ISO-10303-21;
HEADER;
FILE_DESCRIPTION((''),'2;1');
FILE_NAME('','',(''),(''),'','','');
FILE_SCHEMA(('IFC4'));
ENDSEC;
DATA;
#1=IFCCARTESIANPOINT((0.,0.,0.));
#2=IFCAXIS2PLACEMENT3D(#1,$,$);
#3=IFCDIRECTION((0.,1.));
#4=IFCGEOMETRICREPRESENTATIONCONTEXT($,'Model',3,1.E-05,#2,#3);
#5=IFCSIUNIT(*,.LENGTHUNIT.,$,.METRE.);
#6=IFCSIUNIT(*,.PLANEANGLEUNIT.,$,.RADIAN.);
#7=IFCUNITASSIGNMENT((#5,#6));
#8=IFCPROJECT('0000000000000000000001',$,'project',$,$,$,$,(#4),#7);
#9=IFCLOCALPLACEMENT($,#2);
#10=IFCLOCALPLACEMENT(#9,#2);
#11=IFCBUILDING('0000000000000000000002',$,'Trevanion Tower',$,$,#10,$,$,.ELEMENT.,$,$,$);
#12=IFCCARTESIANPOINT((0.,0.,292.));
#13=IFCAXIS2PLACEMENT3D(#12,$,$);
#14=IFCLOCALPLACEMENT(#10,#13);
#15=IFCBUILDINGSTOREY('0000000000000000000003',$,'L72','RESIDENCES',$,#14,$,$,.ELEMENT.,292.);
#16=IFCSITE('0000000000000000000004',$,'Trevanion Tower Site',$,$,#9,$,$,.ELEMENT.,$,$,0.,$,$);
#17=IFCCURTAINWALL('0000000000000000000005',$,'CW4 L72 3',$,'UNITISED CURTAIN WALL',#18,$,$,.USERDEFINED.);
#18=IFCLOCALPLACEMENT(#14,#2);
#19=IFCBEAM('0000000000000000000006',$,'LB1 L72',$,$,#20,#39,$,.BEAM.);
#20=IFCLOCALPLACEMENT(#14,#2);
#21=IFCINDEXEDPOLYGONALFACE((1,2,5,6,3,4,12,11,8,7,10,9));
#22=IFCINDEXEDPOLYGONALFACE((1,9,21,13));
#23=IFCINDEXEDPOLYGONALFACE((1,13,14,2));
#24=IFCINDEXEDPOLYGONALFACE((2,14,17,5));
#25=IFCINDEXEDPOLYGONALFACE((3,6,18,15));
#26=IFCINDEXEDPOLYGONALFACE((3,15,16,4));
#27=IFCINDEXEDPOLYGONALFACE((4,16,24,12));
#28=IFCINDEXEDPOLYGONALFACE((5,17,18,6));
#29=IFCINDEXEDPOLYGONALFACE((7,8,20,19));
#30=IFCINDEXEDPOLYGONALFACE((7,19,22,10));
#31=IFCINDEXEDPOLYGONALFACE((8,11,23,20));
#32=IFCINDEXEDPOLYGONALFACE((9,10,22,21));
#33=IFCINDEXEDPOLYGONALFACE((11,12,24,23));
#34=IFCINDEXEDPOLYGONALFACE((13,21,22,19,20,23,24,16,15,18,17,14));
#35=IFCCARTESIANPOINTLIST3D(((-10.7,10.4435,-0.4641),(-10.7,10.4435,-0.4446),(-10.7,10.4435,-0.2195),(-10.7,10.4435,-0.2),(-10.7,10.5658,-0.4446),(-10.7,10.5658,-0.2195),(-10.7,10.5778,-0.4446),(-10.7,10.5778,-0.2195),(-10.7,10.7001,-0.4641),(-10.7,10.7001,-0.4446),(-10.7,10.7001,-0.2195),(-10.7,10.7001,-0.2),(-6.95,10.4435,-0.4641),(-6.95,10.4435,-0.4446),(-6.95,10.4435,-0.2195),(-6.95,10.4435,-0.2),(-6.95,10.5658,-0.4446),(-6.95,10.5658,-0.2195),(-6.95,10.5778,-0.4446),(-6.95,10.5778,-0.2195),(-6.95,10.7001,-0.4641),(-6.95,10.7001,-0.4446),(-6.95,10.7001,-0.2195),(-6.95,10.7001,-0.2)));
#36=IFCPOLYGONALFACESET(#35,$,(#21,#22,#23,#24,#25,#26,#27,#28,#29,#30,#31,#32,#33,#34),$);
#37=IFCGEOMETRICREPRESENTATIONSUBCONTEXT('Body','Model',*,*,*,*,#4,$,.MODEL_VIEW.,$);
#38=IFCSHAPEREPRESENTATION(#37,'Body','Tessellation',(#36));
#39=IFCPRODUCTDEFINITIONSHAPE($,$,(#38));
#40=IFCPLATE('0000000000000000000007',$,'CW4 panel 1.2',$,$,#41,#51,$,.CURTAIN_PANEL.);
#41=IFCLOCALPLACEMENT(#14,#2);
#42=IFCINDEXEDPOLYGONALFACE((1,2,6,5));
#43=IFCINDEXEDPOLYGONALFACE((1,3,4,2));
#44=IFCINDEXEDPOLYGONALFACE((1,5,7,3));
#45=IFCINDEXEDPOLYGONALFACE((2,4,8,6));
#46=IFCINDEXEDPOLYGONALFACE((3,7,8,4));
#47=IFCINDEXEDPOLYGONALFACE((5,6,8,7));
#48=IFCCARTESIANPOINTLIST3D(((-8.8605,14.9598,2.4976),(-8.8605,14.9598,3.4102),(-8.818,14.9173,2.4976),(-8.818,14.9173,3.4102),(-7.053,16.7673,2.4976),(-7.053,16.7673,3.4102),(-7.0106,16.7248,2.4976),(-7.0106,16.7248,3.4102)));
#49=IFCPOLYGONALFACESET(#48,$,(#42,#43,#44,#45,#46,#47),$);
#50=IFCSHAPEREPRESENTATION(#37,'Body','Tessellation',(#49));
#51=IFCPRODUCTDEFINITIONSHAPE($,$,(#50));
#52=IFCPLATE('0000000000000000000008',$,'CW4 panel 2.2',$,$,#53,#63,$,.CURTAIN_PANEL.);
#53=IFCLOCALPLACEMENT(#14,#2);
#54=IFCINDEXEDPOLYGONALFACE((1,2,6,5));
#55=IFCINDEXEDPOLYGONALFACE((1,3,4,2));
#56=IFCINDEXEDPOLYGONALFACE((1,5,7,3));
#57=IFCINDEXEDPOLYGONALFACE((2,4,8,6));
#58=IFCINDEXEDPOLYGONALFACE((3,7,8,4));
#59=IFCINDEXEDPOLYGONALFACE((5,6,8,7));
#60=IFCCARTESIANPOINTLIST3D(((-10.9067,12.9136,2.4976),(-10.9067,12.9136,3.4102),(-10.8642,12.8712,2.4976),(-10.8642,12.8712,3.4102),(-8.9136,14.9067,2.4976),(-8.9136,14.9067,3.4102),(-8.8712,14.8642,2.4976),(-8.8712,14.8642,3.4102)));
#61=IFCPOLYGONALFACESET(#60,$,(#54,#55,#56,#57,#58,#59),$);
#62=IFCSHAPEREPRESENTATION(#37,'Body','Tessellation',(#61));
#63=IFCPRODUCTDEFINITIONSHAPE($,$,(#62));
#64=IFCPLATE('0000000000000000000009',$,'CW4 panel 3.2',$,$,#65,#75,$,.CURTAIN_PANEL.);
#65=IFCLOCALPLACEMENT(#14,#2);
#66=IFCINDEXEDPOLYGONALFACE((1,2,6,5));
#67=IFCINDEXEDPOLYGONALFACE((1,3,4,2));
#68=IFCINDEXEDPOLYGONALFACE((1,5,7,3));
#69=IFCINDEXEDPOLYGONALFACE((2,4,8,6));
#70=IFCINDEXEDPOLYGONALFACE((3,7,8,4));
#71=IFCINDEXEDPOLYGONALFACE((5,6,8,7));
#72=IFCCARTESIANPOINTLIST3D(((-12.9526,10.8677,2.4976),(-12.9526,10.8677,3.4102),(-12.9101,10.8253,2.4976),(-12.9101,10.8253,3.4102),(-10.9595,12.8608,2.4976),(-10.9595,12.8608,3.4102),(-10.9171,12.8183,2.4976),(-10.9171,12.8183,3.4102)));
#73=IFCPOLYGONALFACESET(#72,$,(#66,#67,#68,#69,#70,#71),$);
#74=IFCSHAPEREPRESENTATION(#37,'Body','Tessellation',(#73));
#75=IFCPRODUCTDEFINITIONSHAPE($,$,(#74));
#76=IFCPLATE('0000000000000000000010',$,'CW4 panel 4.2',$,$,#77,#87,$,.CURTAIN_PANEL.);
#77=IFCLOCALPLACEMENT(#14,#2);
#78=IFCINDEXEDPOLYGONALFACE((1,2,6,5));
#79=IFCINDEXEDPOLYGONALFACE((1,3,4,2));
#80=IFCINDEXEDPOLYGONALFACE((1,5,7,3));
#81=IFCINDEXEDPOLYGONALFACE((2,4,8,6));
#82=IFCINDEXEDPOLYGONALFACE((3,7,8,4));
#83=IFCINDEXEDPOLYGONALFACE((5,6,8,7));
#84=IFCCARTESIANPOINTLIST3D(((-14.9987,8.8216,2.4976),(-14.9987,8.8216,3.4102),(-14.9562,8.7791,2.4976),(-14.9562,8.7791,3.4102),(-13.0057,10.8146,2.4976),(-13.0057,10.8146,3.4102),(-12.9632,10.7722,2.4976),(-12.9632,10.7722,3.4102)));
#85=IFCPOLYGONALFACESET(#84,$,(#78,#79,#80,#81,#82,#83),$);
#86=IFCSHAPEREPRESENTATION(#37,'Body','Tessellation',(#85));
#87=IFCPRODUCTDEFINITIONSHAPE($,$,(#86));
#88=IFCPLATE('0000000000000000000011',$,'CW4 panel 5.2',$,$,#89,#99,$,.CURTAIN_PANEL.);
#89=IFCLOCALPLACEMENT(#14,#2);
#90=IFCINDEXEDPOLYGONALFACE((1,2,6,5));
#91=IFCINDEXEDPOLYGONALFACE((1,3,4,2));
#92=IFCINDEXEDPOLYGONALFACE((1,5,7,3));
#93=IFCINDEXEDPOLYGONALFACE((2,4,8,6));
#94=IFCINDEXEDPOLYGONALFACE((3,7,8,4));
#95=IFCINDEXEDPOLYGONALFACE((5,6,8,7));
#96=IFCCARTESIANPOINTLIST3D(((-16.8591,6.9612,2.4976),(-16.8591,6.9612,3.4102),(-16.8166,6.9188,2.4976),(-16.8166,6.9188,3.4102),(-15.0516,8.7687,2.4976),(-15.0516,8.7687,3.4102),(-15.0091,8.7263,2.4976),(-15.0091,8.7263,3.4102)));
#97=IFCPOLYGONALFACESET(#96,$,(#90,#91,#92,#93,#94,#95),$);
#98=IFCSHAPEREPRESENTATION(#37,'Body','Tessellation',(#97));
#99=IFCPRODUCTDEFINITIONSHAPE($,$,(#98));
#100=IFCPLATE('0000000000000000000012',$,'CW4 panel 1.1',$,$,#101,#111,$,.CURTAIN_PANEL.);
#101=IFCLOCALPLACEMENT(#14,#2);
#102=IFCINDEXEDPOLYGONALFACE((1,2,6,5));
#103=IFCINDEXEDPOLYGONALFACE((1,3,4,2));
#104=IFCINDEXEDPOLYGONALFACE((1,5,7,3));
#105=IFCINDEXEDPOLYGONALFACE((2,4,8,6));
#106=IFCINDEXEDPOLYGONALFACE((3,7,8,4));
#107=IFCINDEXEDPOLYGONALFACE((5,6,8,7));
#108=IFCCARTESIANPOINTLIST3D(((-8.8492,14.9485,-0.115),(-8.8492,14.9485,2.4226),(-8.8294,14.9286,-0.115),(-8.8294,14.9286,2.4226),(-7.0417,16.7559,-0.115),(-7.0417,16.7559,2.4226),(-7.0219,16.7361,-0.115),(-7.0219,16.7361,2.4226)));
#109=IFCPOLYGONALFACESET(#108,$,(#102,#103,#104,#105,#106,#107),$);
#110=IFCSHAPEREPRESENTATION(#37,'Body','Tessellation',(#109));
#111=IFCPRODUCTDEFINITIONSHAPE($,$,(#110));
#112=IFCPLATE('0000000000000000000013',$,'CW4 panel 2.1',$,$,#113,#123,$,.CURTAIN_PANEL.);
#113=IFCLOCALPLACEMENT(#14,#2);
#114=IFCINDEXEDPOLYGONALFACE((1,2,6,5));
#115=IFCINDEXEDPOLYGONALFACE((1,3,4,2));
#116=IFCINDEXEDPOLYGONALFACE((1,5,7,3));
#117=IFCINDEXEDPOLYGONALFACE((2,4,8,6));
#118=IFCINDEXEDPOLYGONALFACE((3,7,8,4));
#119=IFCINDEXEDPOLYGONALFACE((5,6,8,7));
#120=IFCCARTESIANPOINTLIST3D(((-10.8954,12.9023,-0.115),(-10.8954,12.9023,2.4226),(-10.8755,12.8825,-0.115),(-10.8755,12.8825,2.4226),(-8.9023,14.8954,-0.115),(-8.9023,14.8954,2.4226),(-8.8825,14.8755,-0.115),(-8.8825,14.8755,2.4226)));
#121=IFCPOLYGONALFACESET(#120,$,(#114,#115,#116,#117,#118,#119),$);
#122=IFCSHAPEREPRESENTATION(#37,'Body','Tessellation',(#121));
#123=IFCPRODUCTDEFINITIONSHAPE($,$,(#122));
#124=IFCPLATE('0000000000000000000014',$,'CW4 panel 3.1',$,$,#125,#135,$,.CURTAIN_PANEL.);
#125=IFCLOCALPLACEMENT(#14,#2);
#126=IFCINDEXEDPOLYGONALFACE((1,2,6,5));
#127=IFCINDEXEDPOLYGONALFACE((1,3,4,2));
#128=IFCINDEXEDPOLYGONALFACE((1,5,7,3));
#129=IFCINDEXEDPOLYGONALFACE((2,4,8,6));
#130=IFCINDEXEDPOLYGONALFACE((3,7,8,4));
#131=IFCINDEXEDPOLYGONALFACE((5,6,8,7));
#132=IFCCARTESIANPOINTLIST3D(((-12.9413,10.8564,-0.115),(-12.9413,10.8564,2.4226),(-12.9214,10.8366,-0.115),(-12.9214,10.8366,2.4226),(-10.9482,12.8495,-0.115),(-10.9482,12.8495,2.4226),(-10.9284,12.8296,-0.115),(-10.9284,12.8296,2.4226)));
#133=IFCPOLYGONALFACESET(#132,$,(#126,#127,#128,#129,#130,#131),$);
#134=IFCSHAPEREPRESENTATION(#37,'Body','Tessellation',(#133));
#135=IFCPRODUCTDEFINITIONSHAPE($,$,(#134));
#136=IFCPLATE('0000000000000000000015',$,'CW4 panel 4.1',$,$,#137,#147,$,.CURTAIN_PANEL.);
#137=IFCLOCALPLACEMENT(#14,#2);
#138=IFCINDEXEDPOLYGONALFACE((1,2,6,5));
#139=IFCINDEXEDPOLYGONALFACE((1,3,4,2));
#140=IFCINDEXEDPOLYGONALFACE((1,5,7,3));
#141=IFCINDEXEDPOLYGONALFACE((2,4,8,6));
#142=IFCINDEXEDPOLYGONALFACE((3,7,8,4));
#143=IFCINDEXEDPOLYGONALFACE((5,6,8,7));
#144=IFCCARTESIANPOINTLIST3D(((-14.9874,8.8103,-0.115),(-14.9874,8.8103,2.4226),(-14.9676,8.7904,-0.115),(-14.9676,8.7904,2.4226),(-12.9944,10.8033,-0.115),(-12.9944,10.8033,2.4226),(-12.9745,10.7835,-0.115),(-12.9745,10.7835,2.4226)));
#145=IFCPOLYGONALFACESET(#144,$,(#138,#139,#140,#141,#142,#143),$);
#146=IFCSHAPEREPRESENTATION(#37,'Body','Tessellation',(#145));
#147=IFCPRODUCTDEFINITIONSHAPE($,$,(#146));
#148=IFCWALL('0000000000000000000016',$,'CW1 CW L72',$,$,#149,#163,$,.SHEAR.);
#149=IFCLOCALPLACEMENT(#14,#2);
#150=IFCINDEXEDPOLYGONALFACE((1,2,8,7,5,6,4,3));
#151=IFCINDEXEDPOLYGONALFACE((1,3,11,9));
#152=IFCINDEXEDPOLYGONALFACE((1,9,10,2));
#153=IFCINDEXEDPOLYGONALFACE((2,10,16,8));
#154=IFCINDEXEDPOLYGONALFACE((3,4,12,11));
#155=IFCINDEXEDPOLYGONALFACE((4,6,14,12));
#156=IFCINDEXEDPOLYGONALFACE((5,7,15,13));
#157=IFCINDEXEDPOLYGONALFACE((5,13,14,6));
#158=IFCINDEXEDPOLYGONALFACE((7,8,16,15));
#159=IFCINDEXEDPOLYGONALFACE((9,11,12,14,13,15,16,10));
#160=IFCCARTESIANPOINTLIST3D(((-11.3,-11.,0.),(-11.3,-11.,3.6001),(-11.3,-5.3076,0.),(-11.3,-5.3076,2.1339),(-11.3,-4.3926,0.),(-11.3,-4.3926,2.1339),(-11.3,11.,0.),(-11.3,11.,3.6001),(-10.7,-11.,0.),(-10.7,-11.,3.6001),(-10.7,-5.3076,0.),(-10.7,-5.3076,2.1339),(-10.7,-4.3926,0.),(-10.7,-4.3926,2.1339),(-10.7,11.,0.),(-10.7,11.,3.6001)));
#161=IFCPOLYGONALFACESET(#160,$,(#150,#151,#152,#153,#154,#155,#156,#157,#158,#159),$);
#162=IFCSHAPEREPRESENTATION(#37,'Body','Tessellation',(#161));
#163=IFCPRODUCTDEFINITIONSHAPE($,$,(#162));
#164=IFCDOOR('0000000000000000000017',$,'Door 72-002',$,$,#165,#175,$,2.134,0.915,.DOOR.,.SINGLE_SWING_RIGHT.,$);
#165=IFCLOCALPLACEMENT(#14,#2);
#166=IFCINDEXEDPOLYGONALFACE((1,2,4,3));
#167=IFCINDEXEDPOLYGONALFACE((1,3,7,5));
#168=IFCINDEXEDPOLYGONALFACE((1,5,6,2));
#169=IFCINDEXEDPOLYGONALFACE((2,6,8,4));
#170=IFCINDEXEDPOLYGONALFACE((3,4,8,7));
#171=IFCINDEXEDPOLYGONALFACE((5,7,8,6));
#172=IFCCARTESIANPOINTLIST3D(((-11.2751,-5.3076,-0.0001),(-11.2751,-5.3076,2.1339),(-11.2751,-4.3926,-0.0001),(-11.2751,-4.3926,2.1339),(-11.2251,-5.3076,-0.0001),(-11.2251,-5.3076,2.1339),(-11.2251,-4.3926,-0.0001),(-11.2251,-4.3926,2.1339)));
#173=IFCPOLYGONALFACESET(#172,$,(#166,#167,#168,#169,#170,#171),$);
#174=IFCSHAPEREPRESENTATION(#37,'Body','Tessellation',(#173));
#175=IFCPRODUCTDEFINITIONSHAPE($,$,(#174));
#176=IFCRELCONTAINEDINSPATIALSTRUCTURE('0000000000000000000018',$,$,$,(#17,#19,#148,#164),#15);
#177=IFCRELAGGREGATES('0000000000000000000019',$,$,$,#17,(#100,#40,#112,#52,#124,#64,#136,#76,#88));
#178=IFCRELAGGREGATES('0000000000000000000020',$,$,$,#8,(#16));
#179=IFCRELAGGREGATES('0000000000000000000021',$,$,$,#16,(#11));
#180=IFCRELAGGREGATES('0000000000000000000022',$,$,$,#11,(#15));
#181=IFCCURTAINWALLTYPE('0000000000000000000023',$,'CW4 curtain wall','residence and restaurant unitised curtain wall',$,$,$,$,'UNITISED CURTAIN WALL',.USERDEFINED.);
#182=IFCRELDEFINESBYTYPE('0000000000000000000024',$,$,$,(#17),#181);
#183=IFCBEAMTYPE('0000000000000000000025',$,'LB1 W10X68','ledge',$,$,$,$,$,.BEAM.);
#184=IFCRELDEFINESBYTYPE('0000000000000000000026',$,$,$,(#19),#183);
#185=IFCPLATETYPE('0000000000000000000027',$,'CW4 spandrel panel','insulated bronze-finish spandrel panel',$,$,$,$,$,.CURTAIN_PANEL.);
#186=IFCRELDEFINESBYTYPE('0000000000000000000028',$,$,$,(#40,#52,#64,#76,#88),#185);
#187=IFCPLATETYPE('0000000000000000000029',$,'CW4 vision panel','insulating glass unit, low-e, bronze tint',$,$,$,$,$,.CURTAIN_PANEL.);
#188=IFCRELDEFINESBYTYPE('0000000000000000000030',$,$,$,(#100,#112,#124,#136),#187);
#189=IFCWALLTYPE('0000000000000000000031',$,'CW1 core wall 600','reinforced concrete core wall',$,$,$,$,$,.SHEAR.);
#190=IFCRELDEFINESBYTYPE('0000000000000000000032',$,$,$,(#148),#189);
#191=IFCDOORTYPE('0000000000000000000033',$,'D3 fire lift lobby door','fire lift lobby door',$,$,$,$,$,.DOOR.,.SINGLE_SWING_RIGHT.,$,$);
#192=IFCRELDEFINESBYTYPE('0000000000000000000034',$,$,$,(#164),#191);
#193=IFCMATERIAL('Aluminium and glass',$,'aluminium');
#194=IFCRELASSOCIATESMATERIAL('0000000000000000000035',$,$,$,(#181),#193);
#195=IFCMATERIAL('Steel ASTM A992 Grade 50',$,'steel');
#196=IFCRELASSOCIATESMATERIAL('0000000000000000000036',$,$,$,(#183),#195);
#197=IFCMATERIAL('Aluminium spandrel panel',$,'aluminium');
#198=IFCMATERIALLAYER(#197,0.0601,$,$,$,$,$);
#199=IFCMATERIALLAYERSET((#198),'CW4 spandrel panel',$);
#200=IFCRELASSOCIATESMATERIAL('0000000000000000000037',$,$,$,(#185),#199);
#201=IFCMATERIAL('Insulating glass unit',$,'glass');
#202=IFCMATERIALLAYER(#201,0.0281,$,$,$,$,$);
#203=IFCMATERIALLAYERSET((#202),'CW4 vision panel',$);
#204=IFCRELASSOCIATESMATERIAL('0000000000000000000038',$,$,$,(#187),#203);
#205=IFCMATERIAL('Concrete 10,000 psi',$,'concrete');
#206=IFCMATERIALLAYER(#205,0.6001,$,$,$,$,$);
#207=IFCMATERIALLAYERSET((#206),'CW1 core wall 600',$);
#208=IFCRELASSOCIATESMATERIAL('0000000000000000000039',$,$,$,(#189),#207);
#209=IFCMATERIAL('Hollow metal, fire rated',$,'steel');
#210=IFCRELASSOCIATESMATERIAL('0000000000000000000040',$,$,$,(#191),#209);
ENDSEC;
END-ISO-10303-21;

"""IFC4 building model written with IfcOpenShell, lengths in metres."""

from ifc_helpers import new_model, si_unit, direction, frame, frame_2d, origin, origin_2d, place, context, subcontext, project, spatial, rectangle, i_section, extrude, material, layer, layer_set, material_profile, profile_set, type_object, element, fill, aggregate, save


model = new_model("IFC4")

# Units and contexts
model_context = context("Model", 3, precision=1e-05, world=origin(), true_north=direction((0.0, 1.0)))
body_context = subcontext(model_context, "Body", "Model", "MODEL_VIEW")
ifc_project = project(units=[si_unit("LENGTHUNIT", "METRE"), si_unit("PLANEANGLEUNIT", "RADIAN")], contexts=[model_context])

# Site, building, storey
site_placement = place(None, origin())
site = spatial("IfcSite", under=ifc_project, at=site_placement, Name="Trevanion Tower Site", CompositionType="ELEMENT", RefElevation=0.0)
building_placement = place(site_placement, origin())
building = spatial("IfcBuilding", under=site, at=building_placement, Name="Trevanion Tower", CompositionType="ELEMENT")
storey_placement = place(building_placement, frame((0.0, 0.0, 292.0)))
storey = spatial("IfcBuildingStorey", under=building, at=storey_placement, Name="L72", Description="RESIDENCES", CompositionType="ELEMENT", Elevation=292.0)

# Curtain wall
ifc_material_1 = material(Name="Aluminium and glass", Category="aluminium")
curtain_wall_type = type_object("IfcCurtainWallType", Name="CW4 curtain wall", Description="residence and restaurant unitised curtain wall", ElementType="UNITISED CURTAIN WALL", PredefinedType="USERDEFINED", material=ifc_material_1)
curtain_wall_placement = place(storey_placement, origin())
curtain_wall = element("IfcCurtainWall", 1, at=curtain_wall_placement, inside=storey, type_object=curtain_wall_type, Name="CW4 L72 3", ObjectType="UNITISED CURTAIN WALL", PredefinedType="USERDEFINED")

# Beam
ifc_material_2 = material(Name="Steel ASTM A992 Grade 50", Category="steel")
ifc_material_profile_1 = material_profile(ifc_material_2, i_section(OverallWidth=0.2566, OverallDepth=0.2642, WebThickness=0.012, FlangeThickness=0.0195, at=origin_2d()), Name="W10X68")
ifc_profile_set_1 = profile_set([ifc_material_profile_1], Name="Steel ASTM A992 Grade 50")
beam_type = type_object("IfcBeamType", Name="LB1 W10X68", Description="ledge", PredefinedType="BEAM", material=ifc_profile_set_1)
beam_placement = place(storey_placement, frame((-10.7, 10.5718, -0.332), z_axis=(1.0, 0.0, 0.0), x_axis=(0.0, 1.0, 0.0)))
element("IfcBeam", 2, at=beam_placement, inside=storey, type_object=beam_type, Name="LB1 L72", PredefinedType="BEAM", context=body_context, shape_type="SweptSolid", body=[
    extrude(i_section(OverallWidth=0.2566, OverallDepth=0.2642, WebThickness=0.012, FlangeThickness=0.0195, at=origin_2d()), origin(), (0.0, 0.0, 1.0), 3.75),
])

# Plates
ifc_material_3 = material(Name="Aluminium spandrel panel", Category="aluminium")
ifc_layer_1 = layer(ifc_material_3, 0.0601)
ifc_layer_set_1 = layer_set([ifc_layer_1], Name="CW4 spandrel panel")
plate_type_1 = type_object("IfcPlateType", Name="CW4 spandrel panel", Description="insulated bronze-finish spandrel panel", PredefinedType="CURTAIN_PANEL", material=ifc_layer_set_1)
plate_1_placement = place(storey_placement, frame((-7.9355, 15.8423, 2.4976), z_axis=(0.0, 0.0, 1.0), x_axis=(-0.707107, -0.707107, 0.0)))
plate_1 = element("IfcPlate", 3, at=plate_1_placement, type_object=plate_type_1, Name="CW4 panel 1.2", PredefinedType="CURTAIN_PANEL", context=body_context, shape_type="SweptSolid", body=[
    extrude(rectangle(XDim=2.5562, YDim=0.0601, at=origin_2d()), origin(), (0.0, 0.0, 1.0), 0.9126),
])
plate_2_placement = place(storey_placement, frame((-9.8889, 13.8889, 2.4976), z_axis=(0.0, 0.0, 1.0), x_axis=(-0.707107, -0.707107, 0.0)))
plate_2 = element("IfcPlate", 4, at=plate_2_placement, type_object=plate_type_1, Name="CW4 panel 2.2", PredefinedType="CURTAIN_PANEL", context=body_context, shape_type="SweptSolid", body=[
    extrude(rectangle(XDim=2.8186, YDim=0.0601, at=origin_2d()), origin(), (0.0, 0.0, 1.0), 0.9126),
])
plate_3_placement = place(storey_placement, frame((-11.9348, 11.843, 2.4976), z_axis=(0.0, 0.0, 1.0), x_axis=(-0.707107, -0.707107, 0.0)))
plate_3 = element("IfcPlate", 5, at=plate_3_placement, type_object=plate_type_1, Name="CW4 panel 3.2", PredefinedType="CURTAIN_PANEL", context=body_context, shape_type="SweptSolid", body=[
    extrude(rectangle(XDim=2.8186, YDim=0.0601, at=origin_2d()), origin(), (0.0, 0.0, 1.0), 0.9126),
])
plate_4_placement = place(storey_placement, frame((-13.981, 9.7969, 2.4976), z_axis=(0.0, 0.0, 1.0), x_axis=(-0.707107, -0.707107, 0.0)))
plate_4 = element("IfcPlate", 6, at=plate_4_placement, type_object=plate_type_1, Name="CW4 panel 4.2", PredefinedType="CURTAIN_PANEL", context=body_context, shape_type="SweptSolid", body=[
    extrude(rectangle(XDim=2.8186, YDim=0.0601, at=origin_2d()), origin(), (0.0, 0.0, 1.0), 0.9126),
])
plate_5_placement = place(storey_placement, frame((-15.9341, 7.8438, 2.4976), z_axis=(0.0, 0.0, 1.0), x_axis=(-0.707107, -0.707107, 0.0)))
plate_5 = element("IfcPlate", 7, at=plate_5_placement, type_object=plate_type_1, Name="CW4 panel 5.2", PredefinedType="CURTAIN_PANEL", context=body_context, shape_type="SweptSolid", body=[
    extrude(rectangle(XDim=2.5562, YDim=0.0601, at=origin_2d()), origin(), (0.0, 0.0, 1.0), 0.9126),
])
ifc_material_4 = material(Name="Insulating glass unit", Category="glass")
ifc_layer_2 = layer(ifc_material_4, 0.0281)
ifc_layer_set_2 = layer_set([ifc_layer_2], Name="CW4 vision panel")
plate_type_2 = type_object("IfcPlateType", Name="CW4 vision panel", Description="insulating glass unit, low-e, bronze tint", PredefinedType="CURTAIN_PANEL", material=ifc_layer_set_2)
plate_6_placement = place(storey_placement, frame((-7.9355, 15.8423, -0.115), z_axis=(0.0, 0.0, 1.0), x_axis=(-0.707107, -0.707107, 0.0)))
plate_6 = element("IfcPlate", 8, at=plate_6_placement, type_object=plate_type_2, Name="CW4 panel 1.1", PredefinedType="CURTAIN_PANEL", context=body_context, shape_type="SweptSolid", body=[
    extrude(rectangle(XDim=2.5562, YDim=0.0281, at=origin_2d()), origin(), (0.0, 0.0, 1.0), 2.5376),
])
plate_7_placement = place(storey_placement, frame((-9.8889, 13.8889, -0.115), z_axis=(0.0, 0.0, 1.0), x_axis=(-0.707107, -0.707107, 0.0)))
plate_7 = element("IfcPlate", 9, at=plate_7_placement, type_object=plate_type_2, Name="CW4 panel 2.1", PredefinedType="CURTAIN_PANEL", context=body_context, shape_type="SweptSolid", body=[
    extrude(rectangle(XDim=2.8186, YDim=0.0281, at=origin_2d()), origin(), (0.0, 0.0, 1.0), 2.5376),
])
plate_8_placement = place(storey_placement, frame((-11.9348, 11.843, -0.115), z_axis=(0.0, 0.0, 1.0), x_axis=(-0.707107, -0.707107, 0.0)))
plate_8 = element("IfcPlate", 10, at=plate_8_placement, type_object=plate_type_2, Name="CW4 panel 3.1", PredefinedType="CURTAIN_PANEL", context=body_context, shape_type="SweptSolid", body=[
    extrude(rectangle(XDim=2.8186, YDim=0.0281, at=origin_2d()), origin(), (0.0, 0.0, 1.0), 2.5376),
])
plate_9_placement = place(storey_placement, frame((-13.981, 9.7969, -0.115), z_axis=(0.0, 0.0, 1.0), x_axis=(-0.707107, -0.707107, 0.0)))
plate_9 = element("IfcPlate", 11, at=plate_9_placement, type_object=plate_type_2, Name="CW4 panel 4.1", PredefinedType="CURTAIN_PANEL", context=body_context, shape_type="SweptSolid", body=[
    extrude(rectangle(XDim=2.8186, YDim=0.0281, at=origin_2d()), origin(), (0.0, 0.0, 1.0), 2.5376),
])
aggregate(curtain_wall, [plate_6, plate_1, plate_7, plate_2, plate_8, plate_3, plate_9, plate_4, plate_5])

# Wall, opening, door
ifc_material_5 = material(Name="Concrete 10,000 psi", Category="concrete")
ifc_layer_3 = layer(ifc_material_5, 0.6001)
ifc_layer_set_3 = layer_set([ifc_layer_3], Name="CW1 core wall 600")
wall_type_1 = type_object("IfcWallType", Name="CW1 core wall 600", Description="reinforced concrete core wall", PredefinedType="SHEAR", material=ifc_layer_set_3)
wall_1_placement = place(storey_placement, frame((-11.0, 11.0, 0.0), z_axis=(0.0, 0.0, 1.0), x_axis=(0.0, -1.0, 0.0)))
wall_1 = element("IfcWall", 12, at=wall_1_placement, inside=storey, type_object=wall_type_1, Name="CW1 CW L72", PredefinedType="SHEAR", context=body_context, shape_type="SweptSolid", body=[
    extrude(rectangle(XDim=22.0, YDim=0.6001, at=frame_2d((11.0, 0.0))), origin(), (0.0, 0.0, 1.0), 3.6001),
])
opening_placement = place(wall_1_placement, frame((15.3926, 0.0, 0.0)))
opening = element("IfcOpeningElement", 13, at=opening_placement, cuts=wall_1, PredefinedType="OPENING", context=body_context, shape_type="SweptSolid", body=[
    extrude(rectangle(XDim=0.915, YDim=2.134, at=frame_2d((0.4575, 1.0669))), frame((0.0, 0.3101, 0.0), z_axis=(0.0, -1.0, 0.0), x_axis=(1.0, 0.0, 0.0)), (0.0, 0.0, 1.0), 0.6201),
])
ifc_material_6 = material(Name="Hollow metal, fire rated", Category="steel")
door_type = type_object("IfcDoorType", Name="D3 fire lift lobby door", Description="fire lift lobby door", OperationType="SINGLE_SWING_RIGHT", PredefinedType="DOOR", material=ifc_material_6)
door_placement = place(opening_placement, origin())
door = element("IfcDoor", 14, at=door_placement, inside=storey, type_object=door_type, Name="Door 72-002", OperationType="SINGLE_SWING_RIGHT", OverallHeight=2.134, OverallWidth=0.915, PredefinedType="DOOR", context=body_context, shape_type="SweptSolid", body=[
    extrude(rectangle(XDim=0.915, YDim=2.134, at=frame_2d((0.4575, 1.0669))), frame((0.0, -0.2251, 0.0), z_axis=(0.0, -1.0, 0.0), x_axis=(1.0, 0.0, 0.0)), (0.0, 0.0, 1.0), 0.05),
])
fill(opening, door)

save(model, "model.ifc")
